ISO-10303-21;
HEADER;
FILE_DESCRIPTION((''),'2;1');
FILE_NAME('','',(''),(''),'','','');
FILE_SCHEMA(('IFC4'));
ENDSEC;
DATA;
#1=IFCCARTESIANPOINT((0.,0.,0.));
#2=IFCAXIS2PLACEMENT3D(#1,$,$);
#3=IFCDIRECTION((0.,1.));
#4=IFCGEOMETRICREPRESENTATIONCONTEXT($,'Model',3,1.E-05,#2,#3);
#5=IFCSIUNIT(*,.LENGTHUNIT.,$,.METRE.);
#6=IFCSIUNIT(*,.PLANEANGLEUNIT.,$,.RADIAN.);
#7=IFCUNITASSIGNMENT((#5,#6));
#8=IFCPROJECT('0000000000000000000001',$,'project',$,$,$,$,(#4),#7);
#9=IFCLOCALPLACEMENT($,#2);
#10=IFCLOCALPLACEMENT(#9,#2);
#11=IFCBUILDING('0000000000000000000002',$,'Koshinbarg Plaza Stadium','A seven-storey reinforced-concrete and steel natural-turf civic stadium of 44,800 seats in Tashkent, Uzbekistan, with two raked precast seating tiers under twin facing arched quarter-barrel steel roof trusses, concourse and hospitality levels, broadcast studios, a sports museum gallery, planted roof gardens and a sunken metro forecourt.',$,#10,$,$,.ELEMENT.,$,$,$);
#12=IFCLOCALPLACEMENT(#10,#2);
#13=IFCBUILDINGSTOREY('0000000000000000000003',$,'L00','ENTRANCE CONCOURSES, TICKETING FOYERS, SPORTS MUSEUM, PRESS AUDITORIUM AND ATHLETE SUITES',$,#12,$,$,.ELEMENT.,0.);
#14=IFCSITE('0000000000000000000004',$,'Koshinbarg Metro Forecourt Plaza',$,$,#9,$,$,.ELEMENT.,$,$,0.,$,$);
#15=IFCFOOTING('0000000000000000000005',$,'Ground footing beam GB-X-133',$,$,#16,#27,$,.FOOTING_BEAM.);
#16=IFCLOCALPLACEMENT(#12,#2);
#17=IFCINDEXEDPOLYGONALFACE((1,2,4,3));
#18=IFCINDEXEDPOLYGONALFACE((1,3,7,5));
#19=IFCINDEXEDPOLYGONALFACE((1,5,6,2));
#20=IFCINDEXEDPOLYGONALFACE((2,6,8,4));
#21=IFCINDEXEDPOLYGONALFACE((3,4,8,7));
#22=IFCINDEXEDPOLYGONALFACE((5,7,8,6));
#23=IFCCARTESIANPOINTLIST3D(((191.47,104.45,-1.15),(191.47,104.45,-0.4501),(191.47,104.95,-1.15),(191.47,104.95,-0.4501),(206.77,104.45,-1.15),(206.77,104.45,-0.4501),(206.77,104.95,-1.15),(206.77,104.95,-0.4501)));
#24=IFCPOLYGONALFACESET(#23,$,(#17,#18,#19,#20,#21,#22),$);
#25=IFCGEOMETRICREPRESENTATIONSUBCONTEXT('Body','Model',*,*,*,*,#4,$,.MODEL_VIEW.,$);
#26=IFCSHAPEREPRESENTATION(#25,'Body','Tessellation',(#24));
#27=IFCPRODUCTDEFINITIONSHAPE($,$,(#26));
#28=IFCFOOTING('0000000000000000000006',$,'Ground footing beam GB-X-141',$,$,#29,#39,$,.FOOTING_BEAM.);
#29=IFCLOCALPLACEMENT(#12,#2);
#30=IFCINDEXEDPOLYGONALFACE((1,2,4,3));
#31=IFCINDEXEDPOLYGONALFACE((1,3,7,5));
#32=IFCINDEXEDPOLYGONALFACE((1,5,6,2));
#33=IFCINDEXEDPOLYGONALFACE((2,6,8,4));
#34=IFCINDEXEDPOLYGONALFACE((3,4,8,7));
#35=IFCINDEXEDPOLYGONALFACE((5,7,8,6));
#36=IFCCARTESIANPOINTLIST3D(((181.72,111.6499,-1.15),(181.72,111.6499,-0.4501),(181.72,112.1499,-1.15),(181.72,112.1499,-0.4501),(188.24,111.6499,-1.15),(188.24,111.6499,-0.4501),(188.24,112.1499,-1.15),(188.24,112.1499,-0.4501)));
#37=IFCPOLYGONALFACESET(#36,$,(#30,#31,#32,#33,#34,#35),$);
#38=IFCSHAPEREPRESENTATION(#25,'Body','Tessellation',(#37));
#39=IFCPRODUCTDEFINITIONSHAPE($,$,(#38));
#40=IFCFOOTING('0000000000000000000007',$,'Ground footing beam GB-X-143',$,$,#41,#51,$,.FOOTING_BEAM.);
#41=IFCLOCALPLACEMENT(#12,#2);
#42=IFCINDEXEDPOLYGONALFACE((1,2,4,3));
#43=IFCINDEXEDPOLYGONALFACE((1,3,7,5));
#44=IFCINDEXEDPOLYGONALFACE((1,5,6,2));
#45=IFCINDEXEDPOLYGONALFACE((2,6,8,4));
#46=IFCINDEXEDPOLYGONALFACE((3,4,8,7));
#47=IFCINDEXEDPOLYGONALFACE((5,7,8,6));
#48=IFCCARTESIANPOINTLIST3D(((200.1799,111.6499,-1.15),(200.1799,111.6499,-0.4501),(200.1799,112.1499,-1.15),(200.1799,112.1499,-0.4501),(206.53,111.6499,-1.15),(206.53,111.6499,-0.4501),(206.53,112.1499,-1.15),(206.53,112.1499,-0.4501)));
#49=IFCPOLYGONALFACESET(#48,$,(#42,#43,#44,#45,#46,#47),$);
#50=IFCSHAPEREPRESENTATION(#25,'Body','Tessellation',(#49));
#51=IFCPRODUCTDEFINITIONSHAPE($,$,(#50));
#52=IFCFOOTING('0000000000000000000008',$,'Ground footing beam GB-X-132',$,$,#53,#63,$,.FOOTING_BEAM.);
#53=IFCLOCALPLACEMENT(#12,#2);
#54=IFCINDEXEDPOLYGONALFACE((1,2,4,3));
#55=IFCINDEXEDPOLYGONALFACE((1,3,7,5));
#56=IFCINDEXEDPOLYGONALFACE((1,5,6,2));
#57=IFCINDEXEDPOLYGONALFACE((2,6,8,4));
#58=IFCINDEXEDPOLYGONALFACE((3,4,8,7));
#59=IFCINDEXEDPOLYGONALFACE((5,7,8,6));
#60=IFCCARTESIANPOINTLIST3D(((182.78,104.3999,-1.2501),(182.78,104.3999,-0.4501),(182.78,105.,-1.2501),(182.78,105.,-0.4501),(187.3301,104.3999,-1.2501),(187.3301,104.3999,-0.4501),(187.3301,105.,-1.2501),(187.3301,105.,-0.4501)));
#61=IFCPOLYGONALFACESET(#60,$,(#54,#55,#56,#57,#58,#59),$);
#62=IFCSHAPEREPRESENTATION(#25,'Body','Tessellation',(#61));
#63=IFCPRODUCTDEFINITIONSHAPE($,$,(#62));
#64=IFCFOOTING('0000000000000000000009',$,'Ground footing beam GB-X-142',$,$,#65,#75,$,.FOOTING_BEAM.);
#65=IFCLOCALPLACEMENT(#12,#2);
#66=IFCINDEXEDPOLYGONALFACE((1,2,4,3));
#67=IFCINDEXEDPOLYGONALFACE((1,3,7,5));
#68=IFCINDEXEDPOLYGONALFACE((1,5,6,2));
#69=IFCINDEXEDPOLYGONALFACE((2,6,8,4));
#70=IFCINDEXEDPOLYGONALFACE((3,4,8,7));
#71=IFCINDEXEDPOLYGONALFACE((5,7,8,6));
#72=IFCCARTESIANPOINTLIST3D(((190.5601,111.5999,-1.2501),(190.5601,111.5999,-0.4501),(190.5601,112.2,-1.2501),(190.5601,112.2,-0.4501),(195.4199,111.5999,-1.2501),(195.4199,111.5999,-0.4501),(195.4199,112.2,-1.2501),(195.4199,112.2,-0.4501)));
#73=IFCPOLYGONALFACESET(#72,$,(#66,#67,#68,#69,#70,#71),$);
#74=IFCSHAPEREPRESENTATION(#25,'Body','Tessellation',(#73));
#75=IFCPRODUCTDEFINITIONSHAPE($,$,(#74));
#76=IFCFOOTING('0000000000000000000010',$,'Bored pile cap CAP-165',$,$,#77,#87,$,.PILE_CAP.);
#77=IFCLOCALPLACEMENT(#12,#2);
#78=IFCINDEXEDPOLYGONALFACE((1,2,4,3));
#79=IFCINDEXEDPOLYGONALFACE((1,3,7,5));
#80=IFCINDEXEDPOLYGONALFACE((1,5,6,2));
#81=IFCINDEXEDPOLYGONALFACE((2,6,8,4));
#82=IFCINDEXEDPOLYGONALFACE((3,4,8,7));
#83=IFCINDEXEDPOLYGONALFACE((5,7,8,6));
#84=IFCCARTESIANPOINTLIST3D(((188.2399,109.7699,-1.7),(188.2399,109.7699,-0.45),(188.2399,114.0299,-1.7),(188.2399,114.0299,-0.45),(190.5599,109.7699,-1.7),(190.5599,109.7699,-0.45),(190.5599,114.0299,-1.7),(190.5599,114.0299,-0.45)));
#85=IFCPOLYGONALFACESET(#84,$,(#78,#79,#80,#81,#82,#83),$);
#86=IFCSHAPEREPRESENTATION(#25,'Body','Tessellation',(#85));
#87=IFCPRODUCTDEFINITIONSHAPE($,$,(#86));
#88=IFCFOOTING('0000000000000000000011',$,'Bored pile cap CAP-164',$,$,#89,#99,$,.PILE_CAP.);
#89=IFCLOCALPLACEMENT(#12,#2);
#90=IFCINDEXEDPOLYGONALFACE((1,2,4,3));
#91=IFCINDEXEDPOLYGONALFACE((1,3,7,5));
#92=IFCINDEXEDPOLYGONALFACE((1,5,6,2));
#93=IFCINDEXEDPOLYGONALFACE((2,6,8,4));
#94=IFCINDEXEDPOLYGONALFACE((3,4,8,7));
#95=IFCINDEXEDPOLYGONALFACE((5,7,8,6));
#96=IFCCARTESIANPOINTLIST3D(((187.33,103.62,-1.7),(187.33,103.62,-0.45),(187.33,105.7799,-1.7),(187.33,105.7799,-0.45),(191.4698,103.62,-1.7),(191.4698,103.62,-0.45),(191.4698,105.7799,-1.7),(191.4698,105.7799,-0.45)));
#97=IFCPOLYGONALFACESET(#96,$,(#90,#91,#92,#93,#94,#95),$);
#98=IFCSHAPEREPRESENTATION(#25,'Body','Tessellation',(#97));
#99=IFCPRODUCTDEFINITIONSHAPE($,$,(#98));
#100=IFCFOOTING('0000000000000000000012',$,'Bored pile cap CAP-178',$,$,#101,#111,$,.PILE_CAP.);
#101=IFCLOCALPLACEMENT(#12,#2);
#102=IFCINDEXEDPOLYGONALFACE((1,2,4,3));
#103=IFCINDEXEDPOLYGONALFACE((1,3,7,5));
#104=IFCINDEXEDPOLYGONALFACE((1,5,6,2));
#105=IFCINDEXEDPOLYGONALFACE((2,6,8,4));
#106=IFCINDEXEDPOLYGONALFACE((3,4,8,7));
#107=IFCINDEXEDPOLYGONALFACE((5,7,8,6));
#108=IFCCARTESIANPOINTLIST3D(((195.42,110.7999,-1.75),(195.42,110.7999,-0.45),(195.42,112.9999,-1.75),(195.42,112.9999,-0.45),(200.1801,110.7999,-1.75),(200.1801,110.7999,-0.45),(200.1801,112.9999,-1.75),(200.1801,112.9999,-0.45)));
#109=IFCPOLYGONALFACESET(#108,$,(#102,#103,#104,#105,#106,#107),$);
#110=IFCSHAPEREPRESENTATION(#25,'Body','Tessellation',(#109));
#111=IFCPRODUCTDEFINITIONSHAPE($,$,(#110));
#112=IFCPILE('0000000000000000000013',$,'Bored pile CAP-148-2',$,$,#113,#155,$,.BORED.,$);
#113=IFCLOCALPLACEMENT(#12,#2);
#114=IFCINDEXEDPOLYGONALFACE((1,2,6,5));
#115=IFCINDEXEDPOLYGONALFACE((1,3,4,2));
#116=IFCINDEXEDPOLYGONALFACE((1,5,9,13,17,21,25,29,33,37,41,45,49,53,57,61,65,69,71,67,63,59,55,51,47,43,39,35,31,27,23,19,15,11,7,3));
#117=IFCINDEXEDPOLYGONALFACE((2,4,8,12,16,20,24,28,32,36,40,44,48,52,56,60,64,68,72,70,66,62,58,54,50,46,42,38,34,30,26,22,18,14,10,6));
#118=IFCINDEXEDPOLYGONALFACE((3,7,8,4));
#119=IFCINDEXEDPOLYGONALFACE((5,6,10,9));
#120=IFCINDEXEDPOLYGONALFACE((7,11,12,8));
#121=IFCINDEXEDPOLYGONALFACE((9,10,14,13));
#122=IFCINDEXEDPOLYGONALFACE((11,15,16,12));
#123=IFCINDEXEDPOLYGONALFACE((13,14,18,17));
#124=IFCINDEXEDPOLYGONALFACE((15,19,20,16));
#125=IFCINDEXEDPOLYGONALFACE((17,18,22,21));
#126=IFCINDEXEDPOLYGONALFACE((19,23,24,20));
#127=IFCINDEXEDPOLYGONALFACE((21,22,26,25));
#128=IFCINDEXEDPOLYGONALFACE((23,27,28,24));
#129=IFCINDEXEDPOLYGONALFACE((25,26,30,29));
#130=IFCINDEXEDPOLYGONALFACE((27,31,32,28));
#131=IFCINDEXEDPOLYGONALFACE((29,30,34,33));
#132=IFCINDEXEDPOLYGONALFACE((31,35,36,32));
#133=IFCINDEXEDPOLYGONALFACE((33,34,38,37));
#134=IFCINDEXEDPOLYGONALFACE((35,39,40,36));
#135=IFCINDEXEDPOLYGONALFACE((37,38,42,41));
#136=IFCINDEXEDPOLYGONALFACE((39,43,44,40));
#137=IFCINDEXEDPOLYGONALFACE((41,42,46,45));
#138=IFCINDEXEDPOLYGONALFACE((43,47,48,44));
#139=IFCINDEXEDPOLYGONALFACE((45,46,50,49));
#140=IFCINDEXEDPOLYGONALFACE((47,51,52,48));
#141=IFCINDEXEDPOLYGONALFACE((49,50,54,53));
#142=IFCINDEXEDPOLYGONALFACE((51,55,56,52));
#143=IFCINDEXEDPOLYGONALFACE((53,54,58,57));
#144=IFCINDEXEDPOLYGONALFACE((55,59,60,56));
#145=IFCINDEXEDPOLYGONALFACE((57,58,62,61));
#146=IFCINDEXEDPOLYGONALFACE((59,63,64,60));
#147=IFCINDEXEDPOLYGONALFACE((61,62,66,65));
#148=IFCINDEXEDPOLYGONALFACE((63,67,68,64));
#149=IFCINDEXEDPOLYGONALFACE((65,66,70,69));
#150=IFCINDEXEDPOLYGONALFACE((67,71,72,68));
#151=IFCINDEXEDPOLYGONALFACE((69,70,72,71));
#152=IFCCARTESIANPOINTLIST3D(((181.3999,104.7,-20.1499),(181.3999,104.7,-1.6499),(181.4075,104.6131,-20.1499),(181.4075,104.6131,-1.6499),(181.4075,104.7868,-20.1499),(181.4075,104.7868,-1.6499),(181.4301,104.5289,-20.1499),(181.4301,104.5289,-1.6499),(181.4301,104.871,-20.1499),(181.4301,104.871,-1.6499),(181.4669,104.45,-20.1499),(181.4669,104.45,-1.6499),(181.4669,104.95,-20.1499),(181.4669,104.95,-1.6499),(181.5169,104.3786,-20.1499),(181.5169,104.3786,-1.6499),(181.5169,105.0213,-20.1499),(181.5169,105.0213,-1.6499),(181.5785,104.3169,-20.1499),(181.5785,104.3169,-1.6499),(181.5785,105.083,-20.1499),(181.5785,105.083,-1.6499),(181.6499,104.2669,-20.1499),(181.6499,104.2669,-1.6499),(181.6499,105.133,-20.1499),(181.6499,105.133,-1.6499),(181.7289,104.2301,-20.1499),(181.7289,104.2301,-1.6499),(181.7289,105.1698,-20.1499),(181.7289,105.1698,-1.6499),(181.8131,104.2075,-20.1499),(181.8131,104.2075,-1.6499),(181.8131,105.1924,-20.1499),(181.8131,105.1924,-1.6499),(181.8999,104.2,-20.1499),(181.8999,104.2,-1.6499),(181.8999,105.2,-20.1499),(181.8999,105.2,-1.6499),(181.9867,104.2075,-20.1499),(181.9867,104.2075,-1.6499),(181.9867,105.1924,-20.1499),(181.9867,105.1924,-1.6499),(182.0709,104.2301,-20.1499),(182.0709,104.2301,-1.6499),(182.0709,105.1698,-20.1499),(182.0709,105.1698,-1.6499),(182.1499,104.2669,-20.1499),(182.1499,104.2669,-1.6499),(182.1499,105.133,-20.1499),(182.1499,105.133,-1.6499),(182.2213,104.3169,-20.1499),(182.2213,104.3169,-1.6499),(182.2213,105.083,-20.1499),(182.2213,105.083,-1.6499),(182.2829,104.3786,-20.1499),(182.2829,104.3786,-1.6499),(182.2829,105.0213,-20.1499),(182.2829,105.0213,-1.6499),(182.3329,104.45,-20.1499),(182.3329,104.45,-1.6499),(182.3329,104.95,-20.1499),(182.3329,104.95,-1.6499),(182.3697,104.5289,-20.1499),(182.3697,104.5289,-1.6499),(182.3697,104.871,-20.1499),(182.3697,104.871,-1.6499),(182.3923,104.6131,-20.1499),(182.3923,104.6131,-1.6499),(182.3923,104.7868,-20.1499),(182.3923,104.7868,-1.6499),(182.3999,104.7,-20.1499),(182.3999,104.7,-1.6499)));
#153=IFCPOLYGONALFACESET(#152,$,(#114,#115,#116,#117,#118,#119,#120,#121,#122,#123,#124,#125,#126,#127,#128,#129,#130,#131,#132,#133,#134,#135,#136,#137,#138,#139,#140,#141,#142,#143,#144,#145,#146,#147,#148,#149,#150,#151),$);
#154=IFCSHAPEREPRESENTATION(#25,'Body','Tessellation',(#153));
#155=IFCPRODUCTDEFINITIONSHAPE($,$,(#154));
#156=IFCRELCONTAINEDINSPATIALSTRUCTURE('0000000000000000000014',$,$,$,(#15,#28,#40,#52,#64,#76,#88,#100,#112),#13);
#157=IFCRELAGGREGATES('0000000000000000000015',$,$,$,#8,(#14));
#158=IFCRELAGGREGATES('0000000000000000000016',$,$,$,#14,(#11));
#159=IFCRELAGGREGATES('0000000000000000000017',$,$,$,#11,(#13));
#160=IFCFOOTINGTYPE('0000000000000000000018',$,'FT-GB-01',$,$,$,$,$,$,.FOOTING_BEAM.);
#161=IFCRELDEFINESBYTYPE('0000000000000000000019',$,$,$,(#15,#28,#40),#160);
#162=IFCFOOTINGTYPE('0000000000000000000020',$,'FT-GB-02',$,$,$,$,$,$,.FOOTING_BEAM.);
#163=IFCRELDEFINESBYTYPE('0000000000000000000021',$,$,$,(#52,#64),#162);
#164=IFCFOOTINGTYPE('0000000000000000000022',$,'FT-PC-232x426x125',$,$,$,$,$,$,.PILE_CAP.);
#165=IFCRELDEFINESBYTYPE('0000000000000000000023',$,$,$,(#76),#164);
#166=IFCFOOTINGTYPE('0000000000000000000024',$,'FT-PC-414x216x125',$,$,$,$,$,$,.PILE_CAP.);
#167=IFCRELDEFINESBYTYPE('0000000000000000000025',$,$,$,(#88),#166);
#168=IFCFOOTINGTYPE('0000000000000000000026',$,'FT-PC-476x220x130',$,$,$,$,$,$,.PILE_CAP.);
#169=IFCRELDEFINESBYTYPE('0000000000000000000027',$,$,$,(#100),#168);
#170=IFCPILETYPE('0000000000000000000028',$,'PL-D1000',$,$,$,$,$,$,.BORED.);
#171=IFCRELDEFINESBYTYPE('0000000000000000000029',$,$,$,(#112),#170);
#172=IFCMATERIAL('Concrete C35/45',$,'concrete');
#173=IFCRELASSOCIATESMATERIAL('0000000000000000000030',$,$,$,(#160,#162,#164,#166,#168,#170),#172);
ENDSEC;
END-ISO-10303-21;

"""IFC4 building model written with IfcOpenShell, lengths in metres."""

from ifc_helpers import new_model, si_unit, direction, frame, origin, origin_2d, place, context, subcontext, project, spatial, rectangle, circle, extrude, material, material_profile, profile_set, type_object, element, save


model = new_model("IFC4")

# Units and contexts
model_context = context("Model", 3, precision=1e-05, world=origin(), true_north=direction((0.0, 1.0)))
body_context = subcontext(model_context, "Body", "Model", "MODEL_VIEW")
ifc_project = project(units=[si_unit("LENGTHUNIT", "METRE"), si_unit("PLANEANGLEUNIT", "RADIAN")], contexts=[model_context])

# Site, building, storey
site_placement = place(None, origin())
site = spatial("IfcSite", under=ifc_project, at=site_placement, Name="Koshinbarg Metro Forecourt Plaza", CompositionType="ELEMENT", RefElevation=0.0)
building_placement = place(site_placement, origin())
building = spatial("IfcBuilding", under=site, at=building_placement, Name="Koshinbarg Plaza Stadium", Description="A seven-storey reinforced-concrete and steel natural-turf civic stadium of 44,800 seats in Tashkent, Uzbekistan, with two raked precast seating tiers under twin facing arched quarter-barrel steel roof trusses, concourse and hospitality levels, broadcast studios, a sports museum gallery, planted roof gardens and a sunken metro forecourt.", CompositionType="ELEMENT")
storey_placement = place(building_placement, origin())
storey = spatial("IfcBuildingStorey", under=building, at=storey_placement, Name="L00", Description="ENTRANCE CONCOURSES, TICKETING FOYERS, SPORTS MUSEUM, PRESS AUDITORIUM AND ATHLETE SUITES", CompositionType="ELEMENT", Elevation=0.0)

# Footings
ifc_material_1 = material(Name="Concrete C35/45", Category="concrete")
ifc_material_profile_1 = material_profile(ifc_material_1, rectangle(XDim=0.5, YDim=0.7, at=origin_2d()), Name="GB 500x700")
ifc_profile_set_1 = profile_set([ifc_material_profile_1], Name="Concrete C35/45")
footing_type_1 = type_object("IfcFootingType", Name="FT-GB-01", PredefinedType="FOOTING_BEAM", material=ifc_profile_set_1)
footing_1_placement = place(storey_placement, frame((191.47, 104.7, -0.8), z_axis=(1.0, 0.0, 0.0), x_axis=(0.0, 1.0, 0.0)))
element("IfcFooting", 1, at=footing_1_placement, inside=storey, type_object=footing_type_1, Name="Ground footing beam GB-X-133", PredefinedType="FOOTING_BEAM", context=body_context, shape_type="SweptSolid", body=[
    extrude(rectangle(XDim=0.5, YDim=0.7, at=origin_2d()), origin(), (0.0, 0.0, 1.0), 15.3),
])
footing_2_placement = place(storey_placement, frame((181.72, 111.8999, -0.8), z_axis=(1.0, 0.0, 0.0), x_axis=(0.0, 1.0, 0.0)))
element("IfcFooting", 2, at=footing_2_placement, inside=storey, type_object=footing_type_1, Name="Ground footing beam GB-X-141", PredefinedType="FOOTING_BEAM", context=body_context, shape_type="SweptSolid", body=[
    extrude(rectangle(XDim=0.5, YDim=0.7, at=origin_2d()), origin(), (0.0, 0.0, 1.0), 6.52),
])
footing_3_placement = place(storey_placement, frame((200.1799, 111.8999, -0.8), z_axis=(1.0, 0.0, 0.0), x_axis=(0.0, 1.0, 0.0)))
element("IfcFooting", 3, at=footing_3_placement, inside=storey, type_object=footing_type_1, Name="Ground footing beam GB-X-143", PredefinedType="FOOTING_BEAM", context=body_context, shape_type="SweptSolid", body=[
    extrude(rectangle(XDim=0.5, YDim=0.7, at=origin_2d()), origin(), (0.0, 0.0, 1.0), 6.3501),
])
ifc_material_profile_2 = material_profile(ifc_material_1, rectangle(XDim=0.6001, YDim=0.8, at=origin_2d()), Name="GB 600x800")
ifc_profile_set_2 = profile_set([ifc_material_profile_2], Name="Concrete C35/45")
footing_type_2 = type_object("IfcFootingType", Name="FT-GB-02", PredefinedType="FOOTING_BEAM", material=ifc_profile_set_2)
footing_4_placement = place(storey_placement, frame((182.78, 104.7, -0.8501), z_axis=(1.0, 0.0, 0.0), x_axis=(0.0, 1.0, 0.0)))
element("IfcFooting", 4, at=footing_4_placement, inside=storey, type_object=footing_type_2, Name="Ground footing beam GB-X-132", PredefinedType="FOOTING_BEAM", context=body_context, shape_type="SweptSolid", body=[
    extrude(rectangle(XDim=0.6001, YDim=0.8, at=origin_2d()), origin(), (0.0, 0.0, 1.0), 4.55),
])
footing_5_placement = place(storey_placement, frame((190.5601, 111.8999, -0.8501), z_axis=(1.0, 0.0, 0.0), x_axis=(0.0, 1.0, 0.0)))
element("IfcFooting", 5, at=footing_5_placement, inside=storey, type_object=footing_type_2, Name="Ground footing beam GB-X-142", PredefinedType="FOOTING_BEAM", context=body_context, shape_type="SweptSolid", body=[
    extrude(rectangle(XDim=0.6001, YDim=0.8, at=origin_2d()), origin(), (0.0, 0.0, 1.0), 4.8599),
])
footing_type_3 = type_object("IfcFootingType", Name="FT-PC-232x426x125", PredefinedType="PILE_CAP", material=ifc_material_1)
footing_6_placement = place(storey_placement, frame((189.3999, 111.8999, -1.7), z_axis=(0.0, 0.0, 1.0), x_axis=(1.0, 0.0, 0.0)))
element("IfcFooting", 6, at=footing_6_placement, inside=storey, type_object=footing_type_3, Name="Bored pile cap CAP-165", PredefinedType="PILE_CAP", context=body_context, shape_type="SweptSolid", body=[
    extrude(rectangle(XDim=2.3201, YDim=4.26, at=origin_2d()), origin(), (0.0, 0.0, 1.0), 1.25),
])
footing_type_4 = type_object("IfcFootingType", Name="FT-PC-414x216x125", PredefinedType="PILE_CAP", material=ifc_material_1)
footing_7_placement = place(storey_placement, frame((189.3999, 104.7, -1.7), z_axis=(0.0, 0.0, 1.0), x_axis=(1.0, 0.0, 0.0)))
element("IfcFooting", 7, at=footing_7_placement, inside=storey, type_object=footing_type_4, Name="Bored pile cap CAP-164", PredefinedType="PILE_CAP", context=body_context, shape_type="SweptSolid", body=[
    extrude(rectangle(XDim=4.1399, YDim=2.1599, at=origin_2d()), origin(), (0.0, 0.0, 1.0), 1.25),
])
footing_type_5 = type_object("IfcFootingType", Name="FT-PC-476x220x130", PredefinedType="PILE_CAP", material=ifc_material_1)
footing_8_placement = place(storey_placement, frame((197.8, 111.8999, -1.75), z_axis=(0.0, 0.0, 1.0), x_axis=(1.0, 0.0, 0.0)))
element("IfcFooting", 8, at=footing_8_placement, inside=storey, type_object=footing_type_5, Name="Bored pile cap CAP-178", PredefinedType="PILE_CAP", context=body_context, shape_type="SweptSolid", body=[
    extrude(rectangle(XDim=4.76, YDim=2.2, at=origin_2d()), origin(), (0.0, 0.0, 1.0), 1.3),
])

# Pile
ifc_material_profile_3 = material_profile(ifc_material_1, circle(Radius=0.5, at=origin_2d()), Name="PILE D1000")
ifc_profile_set_3 = profile_set([ifc_material_profile_3], Name="Concrete C35/45")
pile_type_1 = type_object("IfcPileType", Name="PL-D1000", PredefinedType="BORED", material=ifc_profile_set_3)
for number, where, z_axis, x_axis, name in (
    (9, (181.8999, 104.7, -1.6499), (0.0, 0.0, -1.0), (1.0, 0.0, 0.0), "Bored pile CAP-148-2"),
):
    element("IfcPile", number, at=place(storey_placement, frame(where, z_axis=z_axis, x_axis=x_axis)), inside=storey, type_object=pile_type_1, Name=name, PredefinedType="BORED", context=body_context, shape_type="SweptSolid", body=[
        extrude(circle(Radius=0.5, at=origin_2d()), origin(), (0.0, 0.0, 1.0), 18.5),
    ])

save(model, "model.ifc")
